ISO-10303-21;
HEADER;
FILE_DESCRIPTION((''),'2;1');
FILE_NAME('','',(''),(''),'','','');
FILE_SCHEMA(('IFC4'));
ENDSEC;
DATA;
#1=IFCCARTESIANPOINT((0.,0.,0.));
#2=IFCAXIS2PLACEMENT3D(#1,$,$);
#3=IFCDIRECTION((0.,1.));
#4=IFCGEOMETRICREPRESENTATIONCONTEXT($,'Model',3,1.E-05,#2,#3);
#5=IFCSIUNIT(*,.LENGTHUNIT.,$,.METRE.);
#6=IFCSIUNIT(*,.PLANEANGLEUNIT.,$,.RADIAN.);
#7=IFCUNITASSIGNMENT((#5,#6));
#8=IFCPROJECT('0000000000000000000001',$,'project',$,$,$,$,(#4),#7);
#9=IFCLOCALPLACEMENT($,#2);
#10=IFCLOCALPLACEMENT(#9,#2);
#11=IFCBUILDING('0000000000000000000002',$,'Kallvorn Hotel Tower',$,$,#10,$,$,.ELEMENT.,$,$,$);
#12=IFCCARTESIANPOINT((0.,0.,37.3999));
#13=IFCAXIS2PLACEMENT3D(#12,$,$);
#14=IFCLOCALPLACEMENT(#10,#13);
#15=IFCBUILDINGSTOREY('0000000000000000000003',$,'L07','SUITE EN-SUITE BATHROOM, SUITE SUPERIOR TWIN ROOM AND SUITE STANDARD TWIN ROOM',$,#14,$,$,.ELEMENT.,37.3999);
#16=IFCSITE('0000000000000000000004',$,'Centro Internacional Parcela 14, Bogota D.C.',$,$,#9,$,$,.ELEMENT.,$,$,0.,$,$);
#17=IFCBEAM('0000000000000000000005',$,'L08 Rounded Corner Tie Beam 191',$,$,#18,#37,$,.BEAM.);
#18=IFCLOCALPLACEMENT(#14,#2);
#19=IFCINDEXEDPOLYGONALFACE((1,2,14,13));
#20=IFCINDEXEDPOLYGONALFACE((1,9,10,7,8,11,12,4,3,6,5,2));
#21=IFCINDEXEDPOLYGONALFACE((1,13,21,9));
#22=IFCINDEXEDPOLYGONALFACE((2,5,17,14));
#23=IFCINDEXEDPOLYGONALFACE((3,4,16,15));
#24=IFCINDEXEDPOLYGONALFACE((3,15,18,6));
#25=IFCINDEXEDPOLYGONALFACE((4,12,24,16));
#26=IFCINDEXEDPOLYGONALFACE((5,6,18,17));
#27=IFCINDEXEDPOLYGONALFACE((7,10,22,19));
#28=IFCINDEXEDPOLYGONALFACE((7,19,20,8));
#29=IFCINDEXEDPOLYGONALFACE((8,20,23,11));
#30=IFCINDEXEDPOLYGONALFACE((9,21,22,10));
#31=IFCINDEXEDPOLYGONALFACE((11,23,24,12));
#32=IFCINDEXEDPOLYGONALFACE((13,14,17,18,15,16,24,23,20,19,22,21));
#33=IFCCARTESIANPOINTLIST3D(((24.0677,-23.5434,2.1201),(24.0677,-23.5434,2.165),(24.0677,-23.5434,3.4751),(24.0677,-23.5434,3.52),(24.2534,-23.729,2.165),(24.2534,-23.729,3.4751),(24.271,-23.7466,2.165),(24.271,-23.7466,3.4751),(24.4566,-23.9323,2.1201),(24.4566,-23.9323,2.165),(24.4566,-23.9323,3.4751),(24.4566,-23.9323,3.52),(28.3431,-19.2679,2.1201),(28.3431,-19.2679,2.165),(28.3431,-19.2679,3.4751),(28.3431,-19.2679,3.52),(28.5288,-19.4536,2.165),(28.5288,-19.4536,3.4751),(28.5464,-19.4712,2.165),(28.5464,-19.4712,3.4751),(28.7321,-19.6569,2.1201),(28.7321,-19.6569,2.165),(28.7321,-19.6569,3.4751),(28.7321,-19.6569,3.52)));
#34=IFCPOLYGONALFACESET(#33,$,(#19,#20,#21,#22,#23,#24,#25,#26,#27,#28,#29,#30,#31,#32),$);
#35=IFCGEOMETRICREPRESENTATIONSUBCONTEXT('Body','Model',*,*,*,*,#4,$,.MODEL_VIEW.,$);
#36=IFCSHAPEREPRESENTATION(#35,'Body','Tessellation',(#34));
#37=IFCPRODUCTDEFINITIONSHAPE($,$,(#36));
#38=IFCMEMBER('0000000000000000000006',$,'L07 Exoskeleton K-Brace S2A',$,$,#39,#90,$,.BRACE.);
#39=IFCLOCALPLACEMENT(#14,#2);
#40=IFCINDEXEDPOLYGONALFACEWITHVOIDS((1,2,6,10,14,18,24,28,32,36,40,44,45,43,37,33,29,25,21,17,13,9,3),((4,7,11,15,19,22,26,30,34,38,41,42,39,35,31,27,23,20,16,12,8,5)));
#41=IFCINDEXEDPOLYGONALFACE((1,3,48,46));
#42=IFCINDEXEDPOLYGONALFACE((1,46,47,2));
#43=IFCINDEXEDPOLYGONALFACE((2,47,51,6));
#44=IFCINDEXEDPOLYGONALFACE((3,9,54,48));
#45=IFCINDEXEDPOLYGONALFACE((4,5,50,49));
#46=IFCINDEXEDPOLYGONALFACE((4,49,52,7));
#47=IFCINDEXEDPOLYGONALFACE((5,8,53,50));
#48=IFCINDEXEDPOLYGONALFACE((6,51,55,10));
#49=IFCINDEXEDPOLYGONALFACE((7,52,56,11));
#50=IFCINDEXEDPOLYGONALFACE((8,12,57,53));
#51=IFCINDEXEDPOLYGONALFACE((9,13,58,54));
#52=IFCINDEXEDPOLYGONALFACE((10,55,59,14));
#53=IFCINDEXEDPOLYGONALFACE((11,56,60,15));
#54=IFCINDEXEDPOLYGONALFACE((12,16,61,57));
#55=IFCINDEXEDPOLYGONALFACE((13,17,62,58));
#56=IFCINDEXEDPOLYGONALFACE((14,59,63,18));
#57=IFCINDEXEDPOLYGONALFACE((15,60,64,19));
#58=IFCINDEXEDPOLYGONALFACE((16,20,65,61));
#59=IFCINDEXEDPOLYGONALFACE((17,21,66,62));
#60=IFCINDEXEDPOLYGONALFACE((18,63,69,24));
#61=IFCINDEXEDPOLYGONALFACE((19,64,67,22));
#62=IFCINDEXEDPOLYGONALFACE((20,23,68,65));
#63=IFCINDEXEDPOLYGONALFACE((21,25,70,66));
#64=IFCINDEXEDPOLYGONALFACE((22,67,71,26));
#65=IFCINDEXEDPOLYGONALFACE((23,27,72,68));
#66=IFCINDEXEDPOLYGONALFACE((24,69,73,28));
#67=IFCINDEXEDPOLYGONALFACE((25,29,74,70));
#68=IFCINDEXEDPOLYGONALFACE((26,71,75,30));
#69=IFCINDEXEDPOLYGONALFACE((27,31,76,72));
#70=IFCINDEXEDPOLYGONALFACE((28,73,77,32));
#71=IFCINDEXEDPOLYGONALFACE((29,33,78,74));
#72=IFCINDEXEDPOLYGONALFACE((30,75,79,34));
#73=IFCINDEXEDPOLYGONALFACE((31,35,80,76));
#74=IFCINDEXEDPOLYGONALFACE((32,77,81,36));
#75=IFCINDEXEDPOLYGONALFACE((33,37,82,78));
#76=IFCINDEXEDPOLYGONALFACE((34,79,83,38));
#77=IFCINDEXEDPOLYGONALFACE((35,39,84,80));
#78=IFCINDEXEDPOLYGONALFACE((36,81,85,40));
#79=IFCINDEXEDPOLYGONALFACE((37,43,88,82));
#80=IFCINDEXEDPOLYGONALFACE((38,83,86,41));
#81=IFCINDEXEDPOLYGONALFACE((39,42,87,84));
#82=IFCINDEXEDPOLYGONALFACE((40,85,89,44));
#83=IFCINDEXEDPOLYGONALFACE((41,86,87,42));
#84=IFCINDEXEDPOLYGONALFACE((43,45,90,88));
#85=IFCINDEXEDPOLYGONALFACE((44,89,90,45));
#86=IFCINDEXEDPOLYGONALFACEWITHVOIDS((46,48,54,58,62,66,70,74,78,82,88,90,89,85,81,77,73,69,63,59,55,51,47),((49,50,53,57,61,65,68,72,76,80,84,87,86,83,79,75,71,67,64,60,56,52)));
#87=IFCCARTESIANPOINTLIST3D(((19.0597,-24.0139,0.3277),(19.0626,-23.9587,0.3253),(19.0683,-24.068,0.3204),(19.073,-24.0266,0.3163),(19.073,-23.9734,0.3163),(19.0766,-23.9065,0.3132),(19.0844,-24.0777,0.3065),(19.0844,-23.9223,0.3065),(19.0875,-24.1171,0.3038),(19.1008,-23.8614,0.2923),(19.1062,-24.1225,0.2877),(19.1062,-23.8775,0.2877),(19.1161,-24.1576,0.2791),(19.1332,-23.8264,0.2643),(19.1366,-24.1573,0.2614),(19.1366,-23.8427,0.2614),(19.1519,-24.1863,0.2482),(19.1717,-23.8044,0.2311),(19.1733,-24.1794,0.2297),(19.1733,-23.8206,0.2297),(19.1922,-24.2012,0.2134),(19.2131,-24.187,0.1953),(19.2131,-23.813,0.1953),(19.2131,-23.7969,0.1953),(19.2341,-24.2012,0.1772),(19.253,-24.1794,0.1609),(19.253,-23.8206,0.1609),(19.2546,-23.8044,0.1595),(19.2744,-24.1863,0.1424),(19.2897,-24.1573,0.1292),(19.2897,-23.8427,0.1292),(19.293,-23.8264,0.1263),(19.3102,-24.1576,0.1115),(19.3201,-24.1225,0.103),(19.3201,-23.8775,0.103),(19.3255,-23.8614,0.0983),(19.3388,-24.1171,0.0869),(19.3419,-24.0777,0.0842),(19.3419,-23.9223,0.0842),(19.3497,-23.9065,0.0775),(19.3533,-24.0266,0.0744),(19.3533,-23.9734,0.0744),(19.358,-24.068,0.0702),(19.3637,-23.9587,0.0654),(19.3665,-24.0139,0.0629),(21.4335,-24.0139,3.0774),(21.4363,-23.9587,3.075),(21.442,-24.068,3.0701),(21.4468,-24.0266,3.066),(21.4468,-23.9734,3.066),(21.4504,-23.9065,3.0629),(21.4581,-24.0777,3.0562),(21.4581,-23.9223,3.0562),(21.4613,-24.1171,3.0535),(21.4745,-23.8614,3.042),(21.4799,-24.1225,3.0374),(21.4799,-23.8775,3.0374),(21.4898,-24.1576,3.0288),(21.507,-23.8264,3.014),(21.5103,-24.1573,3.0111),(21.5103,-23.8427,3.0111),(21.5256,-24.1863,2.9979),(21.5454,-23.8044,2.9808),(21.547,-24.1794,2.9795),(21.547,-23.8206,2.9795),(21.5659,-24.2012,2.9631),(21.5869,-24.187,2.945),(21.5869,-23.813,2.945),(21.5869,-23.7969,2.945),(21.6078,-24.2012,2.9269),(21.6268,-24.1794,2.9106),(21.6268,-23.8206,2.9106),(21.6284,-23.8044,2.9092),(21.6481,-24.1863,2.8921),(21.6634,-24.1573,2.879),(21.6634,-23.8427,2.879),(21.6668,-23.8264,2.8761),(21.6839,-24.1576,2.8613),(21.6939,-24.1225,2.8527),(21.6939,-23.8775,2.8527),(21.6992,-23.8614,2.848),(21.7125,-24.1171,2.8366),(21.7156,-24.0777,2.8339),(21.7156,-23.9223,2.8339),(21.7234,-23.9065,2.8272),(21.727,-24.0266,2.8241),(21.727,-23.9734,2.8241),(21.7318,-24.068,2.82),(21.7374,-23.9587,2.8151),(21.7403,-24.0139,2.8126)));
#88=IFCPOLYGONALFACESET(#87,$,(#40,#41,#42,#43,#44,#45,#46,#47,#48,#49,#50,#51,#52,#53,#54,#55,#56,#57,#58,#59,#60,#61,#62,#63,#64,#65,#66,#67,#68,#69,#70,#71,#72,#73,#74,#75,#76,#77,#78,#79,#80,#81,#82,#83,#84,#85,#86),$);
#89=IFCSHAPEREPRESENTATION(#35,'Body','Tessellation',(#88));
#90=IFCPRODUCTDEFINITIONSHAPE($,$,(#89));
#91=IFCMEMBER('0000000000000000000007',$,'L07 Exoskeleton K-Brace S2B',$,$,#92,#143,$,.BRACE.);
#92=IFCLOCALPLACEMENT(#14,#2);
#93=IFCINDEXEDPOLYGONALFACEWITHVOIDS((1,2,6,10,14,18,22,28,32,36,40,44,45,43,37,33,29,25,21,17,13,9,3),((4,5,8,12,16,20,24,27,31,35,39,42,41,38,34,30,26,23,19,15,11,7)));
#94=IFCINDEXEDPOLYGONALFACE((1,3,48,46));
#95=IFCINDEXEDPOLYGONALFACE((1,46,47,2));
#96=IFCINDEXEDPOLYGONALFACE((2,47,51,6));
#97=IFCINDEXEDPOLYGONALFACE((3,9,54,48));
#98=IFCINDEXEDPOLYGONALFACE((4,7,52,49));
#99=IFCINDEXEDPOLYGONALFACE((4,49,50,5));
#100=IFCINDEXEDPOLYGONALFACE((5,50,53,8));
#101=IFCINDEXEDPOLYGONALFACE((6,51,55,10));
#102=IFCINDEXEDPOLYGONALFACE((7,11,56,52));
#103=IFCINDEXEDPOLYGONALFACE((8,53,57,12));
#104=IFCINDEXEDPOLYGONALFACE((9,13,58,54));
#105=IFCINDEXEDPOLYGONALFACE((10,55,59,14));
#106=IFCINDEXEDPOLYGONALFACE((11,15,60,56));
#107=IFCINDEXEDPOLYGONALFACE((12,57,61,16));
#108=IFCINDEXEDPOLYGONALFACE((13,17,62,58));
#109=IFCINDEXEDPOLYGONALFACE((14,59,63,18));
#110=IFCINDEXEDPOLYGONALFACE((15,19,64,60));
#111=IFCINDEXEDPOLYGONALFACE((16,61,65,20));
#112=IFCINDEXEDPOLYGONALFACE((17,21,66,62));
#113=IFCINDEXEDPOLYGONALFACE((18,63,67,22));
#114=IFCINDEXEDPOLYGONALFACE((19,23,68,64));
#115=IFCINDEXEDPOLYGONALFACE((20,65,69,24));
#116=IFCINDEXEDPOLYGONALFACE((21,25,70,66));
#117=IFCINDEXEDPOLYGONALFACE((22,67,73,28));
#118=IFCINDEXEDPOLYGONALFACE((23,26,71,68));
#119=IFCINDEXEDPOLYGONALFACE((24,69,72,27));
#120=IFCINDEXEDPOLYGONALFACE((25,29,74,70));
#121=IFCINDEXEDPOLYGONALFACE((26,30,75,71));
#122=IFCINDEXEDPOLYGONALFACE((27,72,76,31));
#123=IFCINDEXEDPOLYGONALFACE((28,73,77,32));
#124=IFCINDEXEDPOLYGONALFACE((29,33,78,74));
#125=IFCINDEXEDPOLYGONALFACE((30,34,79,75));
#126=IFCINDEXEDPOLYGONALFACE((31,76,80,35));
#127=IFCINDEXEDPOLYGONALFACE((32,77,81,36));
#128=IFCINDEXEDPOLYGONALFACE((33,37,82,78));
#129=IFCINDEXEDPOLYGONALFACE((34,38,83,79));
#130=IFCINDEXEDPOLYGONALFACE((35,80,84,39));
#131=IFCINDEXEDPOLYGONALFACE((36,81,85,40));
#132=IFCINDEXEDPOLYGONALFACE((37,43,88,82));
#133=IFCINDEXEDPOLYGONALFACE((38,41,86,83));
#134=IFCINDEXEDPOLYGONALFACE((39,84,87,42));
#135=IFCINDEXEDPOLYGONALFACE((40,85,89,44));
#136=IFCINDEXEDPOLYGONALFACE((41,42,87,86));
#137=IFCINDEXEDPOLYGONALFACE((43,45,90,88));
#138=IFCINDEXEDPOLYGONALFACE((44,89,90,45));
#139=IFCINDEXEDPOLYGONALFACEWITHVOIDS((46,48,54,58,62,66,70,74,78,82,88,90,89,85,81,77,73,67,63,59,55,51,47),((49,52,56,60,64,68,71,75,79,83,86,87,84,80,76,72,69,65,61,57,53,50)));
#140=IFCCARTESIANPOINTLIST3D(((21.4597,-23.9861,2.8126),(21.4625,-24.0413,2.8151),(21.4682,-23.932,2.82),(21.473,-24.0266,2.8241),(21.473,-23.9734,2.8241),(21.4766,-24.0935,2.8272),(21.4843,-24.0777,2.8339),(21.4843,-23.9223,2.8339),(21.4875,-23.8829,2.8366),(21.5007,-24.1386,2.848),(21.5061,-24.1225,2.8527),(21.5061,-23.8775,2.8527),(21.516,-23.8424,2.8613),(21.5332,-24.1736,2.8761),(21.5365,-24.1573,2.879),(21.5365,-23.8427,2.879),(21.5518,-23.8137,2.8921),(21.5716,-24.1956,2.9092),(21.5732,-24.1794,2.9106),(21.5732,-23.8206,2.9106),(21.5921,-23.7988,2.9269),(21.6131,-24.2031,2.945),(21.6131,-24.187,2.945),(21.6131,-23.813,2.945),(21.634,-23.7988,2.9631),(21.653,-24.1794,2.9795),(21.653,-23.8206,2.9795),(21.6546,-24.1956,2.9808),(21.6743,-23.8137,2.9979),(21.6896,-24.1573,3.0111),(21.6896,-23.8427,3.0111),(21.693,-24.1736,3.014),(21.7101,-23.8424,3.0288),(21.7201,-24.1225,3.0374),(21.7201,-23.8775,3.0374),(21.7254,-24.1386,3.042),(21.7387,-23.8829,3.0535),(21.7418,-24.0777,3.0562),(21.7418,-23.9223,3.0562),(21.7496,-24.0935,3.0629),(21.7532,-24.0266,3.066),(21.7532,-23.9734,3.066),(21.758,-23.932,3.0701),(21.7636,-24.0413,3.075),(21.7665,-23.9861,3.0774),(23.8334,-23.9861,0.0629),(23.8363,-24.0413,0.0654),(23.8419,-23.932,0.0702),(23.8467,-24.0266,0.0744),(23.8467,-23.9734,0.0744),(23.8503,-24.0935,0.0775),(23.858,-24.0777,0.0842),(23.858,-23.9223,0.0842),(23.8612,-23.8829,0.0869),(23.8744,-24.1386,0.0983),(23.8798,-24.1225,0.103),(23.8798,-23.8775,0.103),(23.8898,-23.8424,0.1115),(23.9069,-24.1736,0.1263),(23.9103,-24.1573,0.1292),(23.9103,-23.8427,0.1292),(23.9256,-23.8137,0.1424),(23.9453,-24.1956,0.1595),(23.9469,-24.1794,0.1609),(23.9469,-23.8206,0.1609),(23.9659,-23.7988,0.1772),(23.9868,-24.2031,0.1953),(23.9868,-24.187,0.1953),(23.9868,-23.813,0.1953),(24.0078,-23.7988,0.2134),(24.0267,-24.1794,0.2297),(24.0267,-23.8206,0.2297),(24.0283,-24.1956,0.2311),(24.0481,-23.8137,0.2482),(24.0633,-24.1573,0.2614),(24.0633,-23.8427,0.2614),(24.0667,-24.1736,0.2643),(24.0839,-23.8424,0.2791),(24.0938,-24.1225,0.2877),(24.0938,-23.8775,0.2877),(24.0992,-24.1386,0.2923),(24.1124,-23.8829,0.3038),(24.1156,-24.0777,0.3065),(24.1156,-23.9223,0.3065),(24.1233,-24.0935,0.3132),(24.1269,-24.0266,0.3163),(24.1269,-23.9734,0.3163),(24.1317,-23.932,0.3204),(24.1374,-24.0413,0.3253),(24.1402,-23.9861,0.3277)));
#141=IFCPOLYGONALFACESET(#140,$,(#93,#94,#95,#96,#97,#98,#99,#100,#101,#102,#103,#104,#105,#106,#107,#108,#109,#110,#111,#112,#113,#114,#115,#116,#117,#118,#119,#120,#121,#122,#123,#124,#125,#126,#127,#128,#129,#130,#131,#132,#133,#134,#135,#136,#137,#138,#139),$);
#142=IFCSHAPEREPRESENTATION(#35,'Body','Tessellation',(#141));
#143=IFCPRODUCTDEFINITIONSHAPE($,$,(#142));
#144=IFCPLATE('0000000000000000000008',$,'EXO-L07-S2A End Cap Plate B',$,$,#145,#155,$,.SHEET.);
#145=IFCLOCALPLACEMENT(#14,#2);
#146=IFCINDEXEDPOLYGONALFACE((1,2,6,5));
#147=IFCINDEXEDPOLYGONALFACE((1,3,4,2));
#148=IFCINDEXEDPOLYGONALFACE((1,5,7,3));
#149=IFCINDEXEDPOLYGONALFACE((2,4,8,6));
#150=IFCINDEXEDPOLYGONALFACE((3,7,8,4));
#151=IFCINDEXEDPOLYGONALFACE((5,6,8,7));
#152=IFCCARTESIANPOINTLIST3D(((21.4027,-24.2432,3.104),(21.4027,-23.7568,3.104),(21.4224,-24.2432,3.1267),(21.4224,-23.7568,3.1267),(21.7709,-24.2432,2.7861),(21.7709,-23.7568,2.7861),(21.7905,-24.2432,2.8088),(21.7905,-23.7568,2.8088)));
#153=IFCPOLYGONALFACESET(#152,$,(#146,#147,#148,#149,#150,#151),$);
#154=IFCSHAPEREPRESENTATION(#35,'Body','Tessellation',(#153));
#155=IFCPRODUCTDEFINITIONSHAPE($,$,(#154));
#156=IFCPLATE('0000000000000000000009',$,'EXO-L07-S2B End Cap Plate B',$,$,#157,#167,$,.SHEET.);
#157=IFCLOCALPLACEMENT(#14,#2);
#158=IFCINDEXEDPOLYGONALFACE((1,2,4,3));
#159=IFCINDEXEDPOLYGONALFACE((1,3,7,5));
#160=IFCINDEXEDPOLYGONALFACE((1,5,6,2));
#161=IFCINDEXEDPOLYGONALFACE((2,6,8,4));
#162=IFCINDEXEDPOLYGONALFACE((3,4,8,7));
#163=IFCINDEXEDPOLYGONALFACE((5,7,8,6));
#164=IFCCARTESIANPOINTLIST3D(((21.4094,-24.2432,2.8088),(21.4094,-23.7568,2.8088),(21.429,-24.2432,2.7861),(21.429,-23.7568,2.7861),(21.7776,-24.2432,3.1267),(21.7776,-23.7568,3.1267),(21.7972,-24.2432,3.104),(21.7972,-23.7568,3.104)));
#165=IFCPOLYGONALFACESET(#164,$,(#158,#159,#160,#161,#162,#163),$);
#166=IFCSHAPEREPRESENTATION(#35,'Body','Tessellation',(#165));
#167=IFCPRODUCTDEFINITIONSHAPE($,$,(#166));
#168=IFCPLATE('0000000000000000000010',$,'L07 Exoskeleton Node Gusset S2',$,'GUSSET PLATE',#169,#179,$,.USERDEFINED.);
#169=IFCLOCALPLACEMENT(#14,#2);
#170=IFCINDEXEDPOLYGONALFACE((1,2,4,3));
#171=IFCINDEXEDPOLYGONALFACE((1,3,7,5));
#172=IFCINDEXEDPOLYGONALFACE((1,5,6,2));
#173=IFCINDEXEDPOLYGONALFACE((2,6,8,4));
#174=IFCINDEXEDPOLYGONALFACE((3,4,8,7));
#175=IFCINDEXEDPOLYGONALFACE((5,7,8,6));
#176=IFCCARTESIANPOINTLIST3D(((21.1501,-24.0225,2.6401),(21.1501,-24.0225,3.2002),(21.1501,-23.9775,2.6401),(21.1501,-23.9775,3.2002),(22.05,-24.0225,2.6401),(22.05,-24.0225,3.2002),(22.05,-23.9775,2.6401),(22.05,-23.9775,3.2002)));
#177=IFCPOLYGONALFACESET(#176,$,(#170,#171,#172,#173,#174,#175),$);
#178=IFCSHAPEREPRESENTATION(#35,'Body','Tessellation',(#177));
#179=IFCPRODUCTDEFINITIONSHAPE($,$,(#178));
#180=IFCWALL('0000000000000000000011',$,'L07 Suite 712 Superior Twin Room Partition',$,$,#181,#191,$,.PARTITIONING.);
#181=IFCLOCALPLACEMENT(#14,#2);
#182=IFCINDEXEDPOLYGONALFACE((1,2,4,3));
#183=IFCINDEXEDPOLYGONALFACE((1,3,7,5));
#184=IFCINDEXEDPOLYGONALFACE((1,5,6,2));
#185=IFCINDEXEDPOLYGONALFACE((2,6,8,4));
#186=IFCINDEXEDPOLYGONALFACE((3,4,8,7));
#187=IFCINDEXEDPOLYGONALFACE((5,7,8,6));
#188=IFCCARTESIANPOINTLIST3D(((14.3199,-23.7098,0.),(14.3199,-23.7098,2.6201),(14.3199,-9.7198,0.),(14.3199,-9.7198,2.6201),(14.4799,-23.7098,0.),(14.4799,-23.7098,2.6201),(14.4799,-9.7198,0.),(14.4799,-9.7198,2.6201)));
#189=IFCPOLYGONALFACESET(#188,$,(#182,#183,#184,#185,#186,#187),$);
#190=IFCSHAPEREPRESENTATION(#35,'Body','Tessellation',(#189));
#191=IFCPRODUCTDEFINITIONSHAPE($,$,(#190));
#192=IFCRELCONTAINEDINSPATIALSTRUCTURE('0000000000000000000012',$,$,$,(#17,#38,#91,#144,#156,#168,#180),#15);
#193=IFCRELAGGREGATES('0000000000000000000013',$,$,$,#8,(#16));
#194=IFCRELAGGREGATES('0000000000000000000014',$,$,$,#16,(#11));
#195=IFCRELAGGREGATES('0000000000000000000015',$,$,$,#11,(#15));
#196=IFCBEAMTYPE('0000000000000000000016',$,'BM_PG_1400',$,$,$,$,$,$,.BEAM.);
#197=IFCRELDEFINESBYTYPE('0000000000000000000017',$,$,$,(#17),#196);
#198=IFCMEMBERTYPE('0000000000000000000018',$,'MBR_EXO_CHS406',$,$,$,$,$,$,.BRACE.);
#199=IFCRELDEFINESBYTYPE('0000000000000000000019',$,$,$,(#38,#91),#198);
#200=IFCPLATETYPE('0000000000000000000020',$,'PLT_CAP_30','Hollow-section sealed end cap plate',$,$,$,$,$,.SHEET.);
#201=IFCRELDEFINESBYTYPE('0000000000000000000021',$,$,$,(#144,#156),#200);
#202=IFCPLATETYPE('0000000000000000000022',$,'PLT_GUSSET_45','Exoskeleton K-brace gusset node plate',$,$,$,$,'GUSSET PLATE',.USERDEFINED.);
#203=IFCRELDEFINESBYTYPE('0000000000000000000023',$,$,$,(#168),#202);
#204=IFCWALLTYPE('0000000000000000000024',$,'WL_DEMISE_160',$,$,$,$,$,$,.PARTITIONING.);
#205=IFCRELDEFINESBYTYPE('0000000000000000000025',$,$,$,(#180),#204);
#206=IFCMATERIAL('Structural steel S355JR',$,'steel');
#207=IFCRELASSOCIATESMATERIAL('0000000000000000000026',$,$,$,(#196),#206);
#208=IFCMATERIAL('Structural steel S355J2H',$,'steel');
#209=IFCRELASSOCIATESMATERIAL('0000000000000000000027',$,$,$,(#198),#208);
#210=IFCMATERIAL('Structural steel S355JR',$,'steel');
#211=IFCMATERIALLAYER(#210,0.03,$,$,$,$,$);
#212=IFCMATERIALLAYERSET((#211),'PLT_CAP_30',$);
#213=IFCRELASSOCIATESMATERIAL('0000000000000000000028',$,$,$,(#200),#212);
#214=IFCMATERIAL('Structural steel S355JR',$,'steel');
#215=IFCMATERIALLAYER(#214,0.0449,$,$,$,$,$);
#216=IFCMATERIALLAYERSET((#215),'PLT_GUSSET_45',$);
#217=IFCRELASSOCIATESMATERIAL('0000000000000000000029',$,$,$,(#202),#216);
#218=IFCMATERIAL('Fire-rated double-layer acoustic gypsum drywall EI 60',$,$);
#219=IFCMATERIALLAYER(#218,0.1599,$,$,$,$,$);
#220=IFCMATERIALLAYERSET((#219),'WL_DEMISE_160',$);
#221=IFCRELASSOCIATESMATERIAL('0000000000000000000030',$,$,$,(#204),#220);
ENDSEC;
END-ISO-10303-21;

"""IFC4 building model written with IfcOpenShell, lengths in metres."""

from ifc_helpers import new_model, si_unit, direction, frame, frame_2d, origin, origin_2d, place, context, subcontext, project, spatial, polyline, rectangle, hollow_circle, i_section, outline, extrude, material, layer, layer_set, material_profile, profile_set, type_object, element, save


model = new_model("IFC4")

# Units and contexts
model_context = context("Model", 3, precision=1e-05, world=origin(), true_north=direction((0.0, 1.0)))
body_context = subcontext(model_context, "Body", "Model", "MODEL_VIEW")
ifc_project = project(units=[si_unit("LENGTHUNIT", "METRE"), si_unit("PLANEANGLEUNIT", "RADIAN")], contexts=[model_context])

# Site, building, storey
site_placement = place(None, origin())
site = spatial("IfcSite", under=ifc_project, at=site_placement, Name="Centro Internacional Parcela 14, Bogota D.C.", CompositionType="ELEMENT", RefElevation=0.0)
building_placement = place(site_placement, origin())
building = spatial("IfcBuilding", under=site, at=building_placement, Name="Kallvorn Hotel Tower", CompositionType="ELEMENT")
storey_placement = place(building_placement, frame((0.0, 0.0, 37.3999)))
storey = spatial("IfcBuildingStorey", under=building, at=storey_placement, Name="L07", Description="SUITE EN-SUITE BATHROOM, SUITE SUPERIOR TWIN ROOM AND SUITE STANDARD TWIN ROOM", CompositionType="ELEMENT", Elevation=37.3999)

# Beam
ifc_material_1 = material(Name="Structural steel S355JR", Category="steel")
ifc_material_profile_1 = material_profile(ifc_material_1, i_section(OverallWidth=0.55, OverallDepth=1.3999, WebThickness=0.0249, FlangeThickness=0.0449, at=origin_2d()), Name="PG 1400x550x25x45")
ifc_profile_set_1 = profile_set([ifc_material_profile_1], Name="Structural steel S355JR")
beam_type_1 = type_object("IfcBeamType", Name="BM_PG_1400", PredefinedType="BEAM", material=ifc_profile_set_1)
beam_1_placement = place(storey_placement, frame((28.5376, -19.4624, 2.8201), z_axis=(-0.707107, -0.707107, 0.0), x_axis=(0.707107, -0.707107, 0.0)))
element("IfcBeam", 1, at=beam_1_placement, inside=storey, type_object=beam_type_1, Name="L08 Rounded Corner Tie Beam 191", PredefinedType="BEAM", context=body_context, shape_type="SweptSolid", body=[
    extrude(i_section(OverallWidth=0.55, OverallDepth=1.3999, WebThickness=0.0249, FlangeThickness=0.0449, at=origin_2d()), origin(), (0.0, 0.0, 1.0), 6.0464),
])

# Members
ifc_material_2 = material(Name="Structural steel S355J2H", Category="steel")
ifc_material_profile_2 = material_profile(ifc_material_2, hollow_circle(Radius=0.2031, WallThickness=0.0161, at=origin_2d()), Name="CHS 406.4x16")
ifc_profile_set_2 = profile_set([ifc_material_profile_2], Name="Structural steel S355J2H")
member_type = type_object("IfcMemberType", Name="MBR_EXO_CHS406", PredefinedType="BRACE", material=ifc_profile_set_2)
for number, where, z_axis, x_axis, name in (
    (2, (19.2131, -24.0, 0.1953), (0.653461, 0.0, 0.756961), (0.0, 1.0, 0.0), "L07 Exoskeleton K-Brace S2A"),
    (3, (23.9868, -24.0, 0.1953), (-0.653461, 0.0, 0.756961), (0.0, -1.0, 0.0), "L07 Exoskeleton K-Brace S2B"),
):
    element("IfcMember", number, at=place(storey_placement, frame(where, z_axis=z_axis, x_axis=x_axis)), inside=storey, type_object=member_type, Name=name, PredefinedType="BRACE", context=body_context, shape_type="SweptSolid", body=[
        extrude(hollow_circle(Radius=0.2031, WallThickness=0.0161, at=origin_2d()), origin(), (0.0, 0.0, 1.0), 3.6326),
    ])

# Plates
ifc_material_3 = material(Name="Structural steel S355JR", Category="steel")
ifc_layer_1 = layer(ifc_material_3, 0.03)
ifc_layer_set_1 = layer_set([ifc_layer_1], Name="PLT_CAP_30")
plate_type_1 = type_object("IfcPlateType", Name="PLT_CAP_30", Description="Hollow-section sealed end cap plate", PredefinedType="SHEET", material=ifc_layer_set_1)
for number, where, z_axis, x_axis, name in (
    (4, (21.7905, -24.2432, 2.8088), (0.653515, 0.0, 0.756913), (0.0, 1.0, 0.0), "EXO-L07-S2A End Cap Plate B"),
    (5, (21.4094, -23.7568, 2.8088), (-0.653515, 0.0, 0.756913), (0.0, -1.0, 0.0), "EXO-L07-S2B End Cap Plate B"),
):
    element("IfcPlate", number, at=place(storey_placement, frame(where, z_axis=z_axis, x_axis=x_axis)), inside=storey, type_object=plate_type_1, Name=name, PredefinedType="SHEET", context=body_context, shape_type="SweptSolid", body=[
        extrude(outline(polyline([(0.0, 0.0), (0.4863, 0.0), (0.4863, 0.4864), (0.0, 0.4864), (0.0, 0.0)])), origin(), (0.0, 0.0, -1.0), 0.03),
    ])
ifc_material_4 = material(Name="Structural steel S355JR", Category="steel")
ifc_layer_2 = layer(ifc_material_4, 0.0449)
ifc_layer_set_2 = layer_set([ifc_layer_2], Name="PLT_GUSSET_45")
plate_type_2 = type_object("IfcPlateType", Name="PLT_GUSSET_45", Description="Exoskeleton K-brace gusset node plate", ElementType="GUSSET PLATE", PredefinedType="USERDEFINED", material=ifc_layer_set_2)
plate_placement = place(storey_placement, frame((21.6001, -24.0, 2.6401), z_axis=(0.0, 0.0, 1.0), x_axis=(1.0, 0.0, 0.0)))
element("IfcPlate", 6, at=plate_placement, inside=storey, type_object=plate_type_2, Name="L07 Exoskeleton Node Gusset S2", ObjectType="GUSSET PLATE", PredefinedType="USERDEFINED", context=body_context, shape_type="SweptSolid", body=[
    extrude(rectangle(XDim=0.8999, YDim=0.0449, at=origin_2d()), origin(), (0.0, 0.0, 1.0), 0.5601),
])

# Wall
ifc_material_5 = material(Name="Fire-rated double-layer acoustic gypsum drywall EI 60")
ifc_layer_3 = layer(ifc_material_5, 0.1599)
ifc_layer_set_3 = layer_set([ifc_layer_3], Name="WL_DEMISE_160")
wall_type_1 = type_object("IfcWallType", Name="WL_DEMISE_160", PredefinedType="PARTITIONING", material=ifc_layer_set_3)
for number, where, z_axis, x_axis, name in (
    (7, (14.3999, -23.71, 0.0), (0.0, 0.0, 1.0), (0.0, 1.0, 0.0), "L07 Suite 712 Superior Twin Room Partition"),
):
    element("IfcWall", number, at=place(storey_placement, frame(where, z_axis=z_axis, x_axis=x_axis)), inside=storey, type_object=wall_type_1, Name=name, PredefinedType="PARTITIONING", context=body_context, shape_type="SweptSolid", body=[
        extrude(rectangle(XDim=13.99, YDim=0.1599, at=frame_2d((6.9951, 0.0))), origin(), (0.0, 0.0, 1.0), 2.6201),
    ])

save(model, "model.ifc")
